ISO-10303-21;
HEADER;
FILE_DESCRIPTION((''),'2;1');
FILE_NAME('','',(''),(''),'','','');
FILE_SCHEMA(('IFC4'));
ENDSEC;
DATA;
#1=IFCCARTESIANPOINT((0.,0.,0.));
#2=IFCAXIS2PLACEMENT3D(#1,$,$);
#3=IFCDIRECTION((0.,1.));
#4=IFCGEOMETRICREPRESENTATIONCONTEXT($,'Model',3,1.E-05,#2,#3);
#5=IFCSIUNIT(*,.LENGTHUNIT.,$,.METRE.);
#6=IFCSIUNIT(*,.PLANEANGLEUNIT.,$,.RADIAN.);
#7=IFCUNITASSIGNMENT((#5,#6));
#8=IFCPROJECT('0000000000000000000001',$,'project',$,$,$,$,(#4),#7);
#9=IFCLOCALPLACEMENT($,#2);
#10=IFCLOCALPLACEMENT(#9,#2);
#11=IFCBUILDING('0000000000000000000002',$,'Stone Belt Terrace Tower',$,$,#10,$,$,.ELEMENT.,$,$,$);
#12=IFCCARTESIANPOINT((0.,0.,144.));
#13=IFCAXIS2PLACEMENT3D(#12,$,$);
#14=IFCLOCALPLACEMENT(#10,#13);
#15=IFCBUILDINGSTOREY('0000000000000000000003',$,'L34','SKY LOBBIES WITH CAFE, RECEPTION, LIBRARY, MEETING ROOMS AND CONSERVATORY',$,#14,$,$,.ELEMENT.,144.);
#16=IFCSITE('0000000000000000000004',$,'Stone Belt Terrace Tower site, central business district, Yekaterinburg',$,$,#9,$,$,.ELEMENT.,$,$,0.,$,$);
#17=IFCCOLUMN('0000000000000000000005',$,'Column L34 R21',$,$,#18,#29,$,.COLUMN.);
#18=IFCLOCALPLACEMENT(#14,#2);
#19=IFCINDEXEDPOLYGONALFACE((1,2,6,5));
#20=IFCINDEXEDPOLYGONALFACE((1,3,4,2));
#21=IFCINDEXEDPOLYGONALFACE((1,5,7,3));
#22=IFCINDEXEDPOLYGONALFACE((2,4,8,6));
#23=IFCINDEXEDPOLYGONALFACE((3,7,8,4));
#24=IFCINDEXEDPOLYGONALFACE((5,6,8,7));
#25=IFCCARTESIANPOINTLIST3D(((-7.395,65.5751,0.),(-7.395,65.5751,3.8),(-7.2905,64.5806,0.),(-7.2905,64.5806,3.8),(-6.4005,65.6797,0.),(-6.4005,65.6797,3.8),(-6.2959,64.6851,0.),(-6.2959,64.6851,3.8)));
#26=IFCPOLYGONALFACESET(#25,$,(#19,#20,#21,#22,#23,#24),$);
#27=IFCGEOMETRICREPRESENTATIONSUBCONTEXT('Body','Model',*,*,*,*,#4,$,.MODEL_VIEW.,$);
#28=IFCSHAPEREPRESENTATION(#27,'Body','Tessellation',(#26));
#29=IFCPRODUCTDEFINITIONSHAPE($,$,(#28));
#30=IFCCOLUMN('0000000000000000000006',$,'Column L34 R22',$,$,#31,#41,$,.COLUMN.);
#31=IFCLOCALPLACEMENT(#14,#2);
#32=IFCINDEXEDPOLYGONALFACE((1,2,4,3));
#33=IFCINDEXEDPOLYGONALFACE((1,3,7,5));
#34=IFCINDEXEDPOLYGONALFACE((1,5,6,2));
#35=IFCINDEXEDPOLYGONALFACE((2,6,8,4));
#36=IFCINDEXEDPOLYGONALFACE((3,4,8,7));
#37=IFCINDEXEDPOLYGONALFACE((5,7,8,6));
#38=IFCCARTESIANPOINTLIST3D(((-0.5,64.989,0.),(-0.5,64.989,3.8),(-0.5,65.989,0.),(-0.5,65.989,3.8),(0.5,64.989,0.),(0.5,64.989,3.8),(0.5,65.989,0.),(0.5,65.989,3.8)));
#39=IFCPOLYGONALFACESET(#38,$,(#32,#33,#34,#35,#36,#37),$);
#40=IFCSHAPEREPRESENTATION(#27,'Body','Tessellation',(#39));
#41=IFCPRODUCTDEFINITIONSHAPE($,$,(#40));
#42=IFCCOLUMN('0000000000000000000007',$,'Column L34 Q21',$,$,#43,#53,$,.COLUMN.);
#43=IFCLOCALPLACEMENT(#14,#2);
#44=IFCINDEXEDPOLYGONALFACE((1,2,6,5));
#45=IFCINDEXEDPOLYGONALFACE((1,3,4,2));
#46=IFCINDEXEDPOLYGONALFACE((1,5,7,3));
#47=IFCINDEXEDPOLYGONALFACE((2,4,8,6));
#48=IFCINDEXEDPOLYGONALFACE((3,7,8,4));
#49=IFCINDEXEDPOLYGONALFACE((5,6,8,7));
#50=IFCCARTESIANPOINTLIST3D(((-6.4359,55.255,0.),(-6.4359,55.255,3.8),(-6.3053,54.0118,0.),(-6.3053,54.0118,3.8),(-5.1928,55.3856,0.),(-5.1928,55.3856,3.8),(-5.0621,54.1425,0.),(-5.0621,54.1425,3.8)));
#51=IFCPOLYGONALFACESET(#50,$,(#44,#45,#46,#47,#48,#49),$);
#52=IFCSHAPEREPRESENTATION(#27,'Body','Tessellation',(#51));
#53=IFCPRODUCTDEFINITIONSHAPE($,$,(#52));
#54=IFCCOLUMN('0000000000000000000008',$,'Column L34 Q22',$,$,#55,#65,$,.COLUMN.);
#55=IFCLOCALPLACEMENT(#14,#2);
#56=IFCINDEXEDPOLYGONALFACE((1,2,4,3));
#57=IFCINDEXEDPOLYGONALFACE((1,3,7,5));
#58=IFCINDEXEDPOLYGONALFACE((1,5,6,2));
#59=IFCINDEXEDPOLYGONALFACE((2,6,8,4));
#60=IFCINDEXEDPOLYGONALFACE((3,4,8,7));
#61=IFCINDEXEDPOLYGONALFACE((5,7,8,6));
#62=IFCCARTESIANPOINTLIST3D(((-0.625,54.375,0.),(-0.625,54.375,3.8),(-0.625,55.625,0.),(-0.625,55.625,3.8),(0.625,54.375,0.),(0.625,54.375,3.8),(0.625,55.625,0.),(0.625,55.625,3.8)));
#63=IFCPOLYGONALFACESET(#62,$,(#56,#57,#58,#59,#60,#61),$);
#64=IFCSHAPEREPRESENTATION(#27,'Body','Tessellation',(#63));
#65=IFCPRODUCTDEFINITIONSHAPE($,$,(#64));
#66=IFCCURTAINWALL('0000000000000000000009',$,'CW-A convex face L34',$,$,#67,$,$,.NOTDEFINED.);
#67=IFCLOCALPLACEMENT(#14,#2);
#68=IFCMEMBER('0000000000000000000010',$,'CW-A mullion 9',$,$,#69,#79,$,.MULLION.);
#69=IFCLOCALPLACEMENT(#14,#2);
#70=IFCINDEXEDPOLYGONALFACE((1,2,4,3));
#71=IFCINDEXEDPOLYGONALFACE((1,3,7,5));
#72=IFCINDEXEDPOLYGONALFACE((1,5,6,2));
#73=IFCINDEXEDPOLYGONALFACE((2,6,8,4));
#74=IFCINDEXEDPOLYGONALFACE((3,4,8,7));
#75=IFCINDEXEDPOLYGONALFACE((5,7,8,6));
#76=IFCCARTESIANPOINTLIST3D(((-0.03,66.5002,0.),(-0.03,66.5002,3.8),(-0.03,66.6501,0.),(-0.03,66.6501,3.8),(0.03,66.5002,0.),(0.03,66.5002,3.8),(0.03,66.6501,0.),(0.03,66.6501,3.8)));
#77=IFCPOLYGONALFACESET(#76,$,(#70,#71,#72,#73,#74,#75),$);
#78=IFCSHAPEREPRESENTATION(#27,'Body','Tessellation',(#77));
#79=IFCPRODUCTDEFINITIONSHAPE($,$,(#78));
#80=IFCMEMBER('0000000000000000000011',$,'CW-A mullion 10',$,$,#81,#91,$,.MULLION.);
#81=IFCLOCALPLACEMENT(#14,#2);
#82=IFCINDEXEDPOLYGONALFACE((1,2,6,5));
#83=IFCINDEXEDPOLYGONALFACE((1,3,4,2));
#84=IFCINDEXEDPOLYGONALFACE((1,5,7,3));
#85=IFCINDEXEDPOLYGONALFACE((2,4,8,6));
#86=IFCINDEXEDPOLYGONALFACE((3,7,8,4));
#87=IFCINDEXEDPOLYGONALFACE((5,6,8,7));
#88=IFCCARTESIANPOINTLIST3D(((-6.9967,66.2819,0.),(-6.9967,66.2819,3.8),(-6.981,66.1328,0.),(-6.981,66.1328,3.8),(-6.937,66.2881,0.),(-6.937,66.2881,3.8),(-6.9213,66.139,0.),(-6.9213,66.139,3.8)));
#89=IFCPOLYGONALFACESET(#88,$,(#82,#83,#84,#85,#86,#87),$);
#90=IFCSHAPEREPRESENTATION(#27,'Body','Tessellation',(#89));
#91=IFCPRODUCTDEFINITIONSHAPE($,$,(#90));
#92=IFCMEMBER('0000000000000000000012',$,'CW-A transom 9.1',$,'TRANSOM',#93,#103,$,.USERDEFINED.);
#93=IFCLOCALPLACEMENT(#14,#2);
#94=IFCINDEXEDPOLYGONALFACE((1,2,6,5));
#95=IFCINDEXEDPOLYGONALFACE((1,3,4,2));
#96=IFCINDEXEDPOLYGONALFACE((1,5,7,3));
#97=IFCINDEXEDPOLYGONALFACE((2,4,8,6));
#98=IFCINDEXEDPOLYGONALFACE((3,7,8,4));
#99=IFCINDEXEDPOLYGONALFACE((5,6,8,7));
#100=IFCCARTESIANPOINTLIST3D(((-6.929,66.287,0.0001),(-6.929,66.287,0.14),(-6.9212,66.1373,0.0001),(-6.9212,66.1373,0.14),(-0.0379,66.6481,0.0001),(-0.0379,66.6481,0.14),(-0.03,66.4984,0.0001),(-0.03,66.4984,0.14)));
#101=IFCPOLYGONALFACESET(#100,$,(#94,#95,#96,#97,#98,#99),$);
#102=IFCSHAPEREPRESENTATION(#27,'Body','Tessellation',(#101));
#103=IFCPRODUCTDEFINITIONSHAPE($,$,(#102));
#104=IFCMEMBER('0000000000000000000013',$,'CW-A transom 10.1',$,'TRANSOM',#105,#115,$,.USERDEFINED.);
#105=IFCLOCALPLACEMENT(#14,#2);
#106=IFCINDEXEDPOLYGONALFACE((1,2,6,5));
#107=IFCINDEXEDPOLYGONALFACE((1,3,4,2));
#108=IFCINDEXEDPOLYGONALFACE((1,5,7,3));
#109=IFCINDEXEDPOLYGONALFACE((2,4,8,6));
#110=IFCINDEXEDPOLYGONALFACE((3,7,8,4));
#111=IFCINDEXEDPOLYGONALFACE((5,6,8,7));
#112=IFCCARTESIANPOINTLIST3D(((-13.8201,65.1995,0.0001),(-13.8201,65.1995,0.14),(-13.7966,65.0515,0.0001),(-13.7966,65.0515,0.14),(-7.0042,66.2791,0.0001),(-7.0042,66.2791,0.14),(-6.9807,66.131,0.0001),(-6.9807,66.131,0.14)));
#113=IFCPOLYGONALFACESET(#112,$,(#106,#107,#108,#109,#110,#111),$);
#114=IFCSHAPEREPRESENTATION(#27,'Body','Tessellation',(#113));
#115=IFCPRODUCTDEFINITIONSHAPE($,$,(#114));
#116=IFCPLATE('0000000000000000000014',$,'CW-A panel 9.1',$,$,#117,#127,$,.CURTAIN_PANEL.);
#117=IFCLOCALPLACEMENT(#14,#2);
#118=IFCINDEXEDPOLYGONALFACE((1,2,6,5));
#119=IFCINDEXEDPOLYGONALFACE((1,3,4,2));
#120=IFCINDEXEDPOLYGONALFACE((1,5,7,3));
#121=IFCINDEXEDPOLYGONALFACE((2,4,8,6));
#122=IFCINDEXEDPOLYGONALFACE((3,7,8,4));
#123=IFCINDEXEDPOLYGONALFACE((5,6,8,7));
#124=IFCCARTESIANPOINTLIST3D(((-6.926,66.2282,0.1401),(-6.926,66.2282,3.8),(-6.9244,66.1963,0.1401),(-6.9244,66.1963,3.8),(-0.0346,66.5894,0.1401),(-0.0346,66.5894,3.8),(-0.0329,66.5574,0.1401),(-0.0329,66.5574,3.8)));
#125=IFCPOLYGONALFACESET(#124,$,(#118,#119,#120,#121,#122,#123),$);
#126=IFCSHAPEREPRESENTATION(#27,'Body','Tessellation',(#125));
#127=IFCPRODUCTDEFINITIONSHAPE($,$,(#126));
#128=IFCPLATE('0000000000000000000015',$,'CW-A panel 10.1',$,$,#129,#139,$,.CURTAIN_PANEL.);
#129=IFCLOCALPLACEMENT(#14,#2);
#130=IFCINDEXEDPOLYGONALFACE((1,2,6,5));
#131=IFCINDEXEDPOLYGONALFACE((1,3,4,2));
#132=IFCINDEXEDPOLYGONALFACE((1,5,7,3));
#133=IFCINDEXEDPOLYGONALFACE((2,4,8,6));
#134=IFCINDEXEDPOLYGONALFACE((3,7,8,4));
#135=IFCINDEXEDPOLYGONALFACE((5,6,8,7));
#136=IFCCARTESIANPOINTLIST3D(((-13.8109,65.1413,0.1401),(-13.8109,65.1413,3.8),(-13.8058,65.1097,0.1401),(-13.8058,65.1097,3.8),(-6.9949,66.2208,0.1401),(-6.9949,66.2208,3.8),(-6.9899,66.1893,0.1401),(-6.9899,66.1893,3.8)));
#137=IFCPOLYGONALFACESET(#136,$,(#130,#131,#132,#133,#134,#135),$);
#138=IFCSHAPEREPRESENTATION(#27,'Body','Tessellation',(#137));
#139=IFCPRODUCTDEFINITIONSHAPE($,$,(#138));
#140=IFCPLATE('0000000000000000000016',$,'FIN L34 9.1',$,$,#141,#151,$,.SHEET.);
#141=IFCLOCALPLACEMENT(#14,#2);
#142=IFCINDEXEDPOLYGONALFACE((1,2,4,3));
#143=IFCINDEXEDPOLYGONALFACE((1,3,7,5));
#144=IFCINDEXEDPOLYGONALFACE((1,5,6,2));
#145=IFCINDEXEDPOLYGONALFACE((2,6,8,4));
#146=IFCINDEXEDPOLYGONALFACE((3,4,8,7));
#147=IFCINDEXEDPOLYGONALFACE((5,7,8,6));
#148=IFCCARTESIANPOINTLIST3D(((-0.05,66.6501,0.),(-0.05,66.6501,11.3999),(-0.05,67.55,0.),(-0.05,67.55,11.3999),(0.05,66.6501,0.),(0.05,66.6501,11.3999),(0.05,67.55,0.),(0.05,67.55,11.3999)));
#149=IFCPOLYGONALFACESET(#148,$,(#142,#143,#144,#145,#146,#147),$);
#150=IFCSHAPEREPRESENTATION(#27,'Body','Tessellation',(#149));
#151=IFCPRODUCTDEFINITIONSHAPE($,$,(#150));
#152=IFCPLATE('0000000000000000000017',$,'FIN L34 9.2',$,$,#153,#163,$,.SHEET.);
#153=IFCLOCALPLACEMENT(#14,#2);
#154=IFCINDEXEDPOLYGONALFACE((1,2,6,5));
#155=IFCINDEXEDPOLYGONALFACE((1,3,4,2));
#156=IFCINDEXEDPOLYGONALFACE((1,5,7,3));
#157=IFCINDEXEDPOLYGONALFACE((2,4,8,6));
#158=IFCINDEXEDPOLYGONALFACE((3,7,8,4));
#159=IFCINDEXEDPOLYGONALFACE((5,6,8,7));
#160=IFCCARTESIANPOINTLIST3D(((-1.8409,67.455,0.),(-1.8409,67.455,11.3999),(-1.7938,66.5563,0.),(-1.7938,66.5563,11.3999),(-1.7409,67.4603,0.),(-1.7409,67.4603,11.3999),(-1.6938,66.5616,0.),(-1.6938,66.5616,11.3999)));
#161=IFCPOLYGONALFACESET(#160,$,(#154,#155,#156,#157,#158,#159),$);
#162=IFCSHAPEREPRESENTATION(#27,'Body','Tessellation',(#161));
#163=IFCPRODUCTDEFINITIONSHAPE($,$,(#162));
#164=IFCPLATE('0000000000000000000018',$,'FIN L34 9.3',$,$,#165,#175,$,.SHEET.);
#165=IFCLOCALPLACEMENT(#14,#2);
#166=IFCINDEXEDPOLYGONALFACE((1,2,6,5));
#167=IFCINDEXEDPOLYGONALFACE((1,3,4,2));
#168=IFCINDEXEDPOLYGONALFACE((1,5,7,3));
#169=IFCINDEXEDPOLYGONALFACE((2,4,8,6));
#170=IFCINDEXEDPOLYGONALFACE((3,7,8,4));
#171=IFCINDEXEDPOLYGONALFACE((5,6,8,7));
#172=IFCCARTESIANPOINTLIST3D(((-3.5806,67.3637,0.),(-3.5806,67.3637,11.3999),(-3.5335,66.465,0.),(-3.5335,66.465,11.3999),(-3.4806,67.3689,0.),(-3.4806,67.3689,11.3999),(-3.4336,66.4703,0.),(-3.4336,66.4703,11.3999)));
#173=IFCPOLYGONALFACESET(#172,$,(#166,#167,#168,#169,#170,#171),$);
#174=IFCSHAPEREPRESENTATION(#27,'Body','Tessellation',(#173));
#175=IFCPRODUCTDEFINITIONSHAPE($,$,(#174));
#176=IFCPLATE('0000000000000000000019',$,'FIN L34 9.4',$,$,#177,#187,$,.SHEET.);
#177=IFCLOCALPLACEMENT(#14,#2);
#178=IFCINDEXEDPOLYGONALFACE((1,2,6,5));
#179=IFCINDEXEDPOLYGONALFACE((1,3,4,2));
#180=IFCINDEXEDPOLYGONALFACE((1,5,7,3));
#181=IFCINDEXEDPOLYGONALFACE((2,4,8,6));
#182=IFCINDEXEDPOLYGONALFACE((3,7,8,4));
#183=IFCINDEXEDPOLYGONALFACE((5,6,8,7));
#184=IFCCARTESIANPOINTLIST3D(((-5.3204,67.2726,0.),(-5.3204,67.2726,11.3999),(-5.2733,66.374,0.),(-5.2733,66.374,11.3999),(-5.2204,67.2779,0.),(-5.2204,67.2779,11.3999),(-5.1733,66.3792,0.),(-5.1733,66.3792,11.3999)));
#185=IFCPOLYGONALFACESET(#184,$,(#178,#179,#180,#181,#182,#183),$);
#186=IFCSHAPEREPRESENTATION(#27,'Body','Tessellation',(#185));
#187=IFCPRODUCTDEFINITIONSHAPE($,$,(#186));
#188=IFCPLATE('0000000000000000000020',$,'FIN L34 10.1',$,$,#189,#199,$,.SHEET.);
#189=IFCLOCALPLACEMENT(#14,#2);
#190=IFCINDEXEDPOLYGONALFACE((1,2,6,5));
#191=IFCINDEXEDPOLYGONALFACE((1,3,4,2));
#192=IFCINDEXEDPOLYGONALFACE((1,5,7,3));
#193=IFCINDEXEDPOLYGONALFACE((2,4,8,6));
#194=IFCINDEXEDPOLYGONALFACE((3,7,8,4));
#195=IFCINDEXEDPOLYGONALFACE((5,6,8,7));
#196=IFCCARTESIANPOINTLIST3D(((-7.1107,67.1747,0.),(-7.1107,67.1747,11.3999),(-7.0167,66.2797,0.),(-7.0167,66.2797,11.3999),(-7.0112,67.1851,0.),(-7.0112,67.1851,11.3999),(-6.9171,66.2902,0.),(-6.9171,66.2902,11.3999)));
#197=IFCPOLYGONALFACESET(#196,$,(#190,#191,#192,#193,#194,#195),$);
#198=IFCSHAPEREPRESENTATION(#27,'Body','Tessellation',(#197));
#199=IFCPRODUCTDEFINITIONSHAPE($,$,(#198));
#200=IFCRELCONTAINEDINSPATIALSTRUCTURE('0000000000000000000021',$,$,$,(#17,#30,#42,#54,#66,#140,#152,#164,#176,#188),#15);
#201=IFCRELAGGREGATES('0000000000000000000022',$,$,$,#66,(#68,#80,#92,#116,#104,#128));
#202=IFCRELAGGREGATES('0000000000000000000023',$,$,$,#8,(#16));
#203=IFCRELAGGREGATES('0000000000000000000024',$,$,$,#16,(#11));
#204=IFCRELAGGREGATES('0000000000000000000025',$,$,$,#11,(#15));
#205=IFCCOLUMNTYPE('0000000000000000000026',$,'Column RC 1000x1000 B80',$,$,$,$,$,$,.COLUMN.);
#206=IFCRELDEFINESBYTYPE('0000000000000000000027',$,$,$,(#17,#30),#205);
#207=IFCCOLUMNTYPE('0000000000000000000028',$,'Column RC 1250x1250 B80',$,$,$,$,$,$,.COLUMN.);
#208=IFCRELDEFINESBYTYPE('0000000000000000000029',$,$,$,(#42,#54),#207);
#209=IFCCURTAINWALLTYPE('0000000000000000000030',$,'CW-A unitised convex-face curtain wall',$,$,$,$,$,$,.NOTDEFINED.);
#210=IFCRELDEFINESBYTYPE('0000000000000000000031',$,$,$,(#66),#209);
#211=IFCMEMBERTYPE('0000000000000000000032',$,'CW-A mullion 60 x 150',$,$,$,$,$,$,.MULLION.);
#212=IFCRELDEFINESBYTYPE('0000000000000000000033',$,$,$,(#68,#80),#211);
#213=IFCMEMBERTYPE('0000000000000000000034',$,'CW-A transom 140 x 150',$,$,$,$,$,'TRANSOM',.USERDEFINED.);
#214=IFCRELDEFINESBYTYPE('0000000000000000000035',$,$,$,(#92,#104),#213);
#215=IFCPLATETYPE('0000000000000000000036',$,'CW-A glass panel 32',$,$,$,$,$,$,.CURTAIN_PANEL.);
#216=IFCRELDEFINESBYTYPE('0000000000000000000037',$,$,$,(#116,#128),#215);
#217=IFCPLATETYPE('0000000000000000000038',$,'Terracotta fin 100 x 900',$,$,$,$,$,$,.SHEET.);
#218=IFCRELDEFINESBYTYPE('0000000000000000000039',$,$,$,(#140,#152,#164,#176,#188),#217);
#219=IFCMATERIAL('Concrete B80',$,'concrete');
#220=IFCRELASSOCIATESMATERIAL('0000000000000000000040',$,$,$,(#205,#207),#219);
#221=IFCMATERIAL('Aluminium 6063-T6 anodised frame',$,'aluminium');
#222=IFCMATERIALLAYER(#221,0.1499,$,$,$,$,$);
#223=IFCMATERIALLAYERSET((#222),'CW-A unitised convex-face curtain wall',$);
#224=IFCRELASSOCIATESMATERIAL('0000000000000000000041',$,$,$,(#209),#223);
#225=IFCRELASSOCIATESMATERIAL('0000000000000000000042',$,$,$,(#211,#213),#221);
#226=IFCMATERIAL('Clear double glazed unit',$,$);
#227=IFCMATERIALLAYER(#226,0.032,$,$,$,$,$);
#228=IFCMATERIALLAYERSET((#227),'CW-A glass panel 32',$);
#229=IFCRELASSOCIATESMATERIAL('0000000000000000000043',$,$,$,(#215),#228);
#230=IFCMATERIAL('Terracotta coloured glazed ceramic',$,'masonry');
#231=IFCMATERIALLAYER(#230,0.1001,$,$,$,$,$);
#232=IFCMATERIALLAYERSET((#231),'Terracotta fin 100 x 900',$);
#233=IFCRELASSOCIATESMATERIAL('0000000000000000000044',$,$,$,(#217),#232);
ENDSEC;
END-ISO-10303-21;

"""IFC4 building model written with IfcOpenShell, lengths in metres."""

from ifc_helpers import new_model, si_unit, direction, frame, origin, origin_2d, place, context, subcontext, project, spatial, rectangle, extrude, material, layer, layer_set, material_profile, profile_set, type_object, element, aggregate, save


model = new_model("IFC4")

# Units and contexts
model_context = context("Model", 3, precision=1e-05, world=origin(), true_north=direction((0.0, 1.0)))
body_context = subcontext(model_context, "Body", "Model", "MODEL_VIEW")
ifc_project = project(units=[si_unit("LENGTHUNIT", "METRE"), si_unit("PLANEANGLEUNIT", "RADIAN")], contexts=[model_context])

# Site, building, storey
site_placement = place(None, origin())
site = spatial("IfcSite", under=ifc_project, at=site_placement, Name="Stone Belt Terrace Tower site, central business district, Yekaterinburg", CompositionType="ELEMENT", RefElevation=0.0)
building_placement = place(site_placement, origin())
building = spatial("IfcBuilding", under=site, at=building_placement, Name="Stone Belt Terrace Tower", CompositionType="ELEMENT")
storey_placement = place(building_placement, frame((0.0, 0.0, 144.0)))
storey = spatial("IfcBuildingStorey", under=building, at=storey_placement, Name="L34", Description="SKY LOBBIES WITH CAFE, RECEPTION, LIBRARY, MEETING ROOMS AND CONSERVATORY", CompositionType="ELEMENT", Elevation=144.0)

# Columns
ifc_material_1 = material(Name="Concrete B80", Category="concrete")
ifc_material_profile_1 = material_profile(ifc_material_1, rectangle(XDim=1.0, YDim=1.0, at=origin_2d()), Name="RC 1000x1000")
ifc_profile_set_1 = profile_set([ifc_material_profile_1], Name="Concrete B80")
column_type_1 = type_object("IfcColumnType", Name="Column RC 1000x1000 B80", PredefinedType="COLUMN", material=ifc_profile_set_1)
for number, where, z_axis, x_axis, name in (
    (1, (-6.8455, 65.1301, 0.0), (0.0, 0.0, 1.0), (0.994522, 0.104528, 0.0), "Column L34 R21"),
    (2, (0.0, 65.489, 0.0), (0.0, 0.0, 1.0), (1.0, 0.0, 0.0), "Column L34 R22"),
):
    element("IfcColumn", number, at=place(storey_placement, frame(where, z_axis=z_axis, x_axis=x_axis)), inside=storey, type_object=column_type_1, Name=name, PredefinedType="COLUMN", context=body_context, shape_type="SweptSolid", body=[
        extrude(rectangle(XDim=1.0, YDim=1.0, at=origin_2d()), origin(), (0.0, 0.0, 1.0), 3.8),
    ])
ifc_material_profile_2 = material_profile(ifc_material_1, rectangle(XDim=1.25, YDim=1.25, at=origin_2d()), Name="RC 1250x1250")
ifc_profile_set_2 = profile_set([ifc_material_profile_2], Name="Concrete B80")
column_type_2 = type_object("IfcColumnType", Name="Column RC 1250x1250 B80", PredefinedType="COLUMN", material=ifc_profile_set_2)
for number, where, z_axis, x_axis, name in (
    (3, (-5.749, 54.6987, 0.0), (0.0, 0.0, 1.0), (0.994522, 0.104528, 0.0), "Column L34 Q21"),
    (4, (0.0, 55.0, 0.0), (0.0, 0.0, 1.0), (1.0, 0.0, 0.0), "Column L34 Q22"),
):
    element("IfcColumn", number, at=place(storey_placement, frame(where, z_axis=z_axis, x_axis=x_axis)), inside=storey, type_object=column_type_2, Name=name, PredefinedType="COLUMN", context=body_context, shape_type="SweptSolid", body=[
        extrude(rectangle(XDim=1.25, YDim=1.25, at=origin_2d()), origin(), (0.0, 0.0, 1.0), 3.8),
    ])

# Curtain wall, members, plates
ifc_material_2 = material(Name="Aluminium 6063-T6 anodised frame", Category="aluminium")
ifc_layer_1 = layer(ifc_material_2, 0.1499)
ifc_layer_set_1 = layer_set([ifc_layer_1], Name="CW-A unitised convex-face curtain wall")
curtain_wall_type = type_object("IfcCurtainWallType", Name="CW-A unitised convex-face curtain wall", PredefinedType="NOTDEFINED", material=ifc_layer_set_1)
curtain_wall_placement = place(storey_placement, origin())
curtain_wall = element("IfcCurtainWall", 5, at=curtain_wall_placement, inside=storey, type_object=curtain_wall_type, Name="CW-A convex face L34", PredefinedType="NOTDEFINED")
ifc_material_profile_3 = material_profile(ifc_material_2, rectangle(XDim=0.1499, YDim=0.0601, at=origin_2d()), Name="Aluminium 6063-T6 60x150")
ifc_profile_set_3 = profile_set([ifc_material_profile_3], Name="Aluminium 6063-T6 anodised frame")
member_type_1 = type_object("IfcMemberType", Name="CW-A mullion 60 x 150", PredefinedType="MULLION", material=ifc_profile_set_3)
member_1_placement = place(storey_placement, frame((0.0, 66.5752, 0.0), z_axis=(0.0, 0.0, 1.0), x_axis=(0.0, -1.0, 0.0)))
member_1 = element("IfcMember", 6, at=member_1_placement, type_object=member_type_1, Name="CW-A mullion 9", PredefinedType="MULLION", context=body_context, shape_type="SweptSolid", body=[
    extrude(rectangle(XDim=0.1499, YDim=0.0601, at=origin_2d()), origin(), (0.0, 0.0, 1.0), 3.8),
])
member_2_placement = place(storey_placement, frame((-6.959, 66.2104, 0.0), z_axis=(0.0, 0.0, 1.0), x_axis=(0.104528, -0.994522, 0.0)))
member_2 = element("IfcMember", 7, at=member_2_placement, type_object=member_type_1, Name="CW-A mullion 10", PredefinedType="MULLION", context=body_context, shape_type="SweptSolid", body=[
    extrude(rectangle(XDim=0.1499, YDim=0.0601, at=origin_2d()), origin(), (0.0, 0.0, 1.0), 3.8),
])
ifc_material_profile_4 = material_profile(ifc_material_2, rectangle(XDim=0.1499, YDim=0.1399, at=origin_2d()), Name="Aluminium 6063-T6 150x140")
ifc_profile_set_4 = profile_set([ifc_material_profile_4], Name="Aluminium 6063-T6 anodised frame")
member_type_2 = type_object("IfcMemberType", Name="CW-A transom 140 x 150", ElementType="TRANSOM", PredefinedType="USERDEFINED", material=ifc_profile_set_4)
member_3_placement = place(storey_placement, frame((-0.0339, 66.5732, 0.0701), z_axis=(-0.99863, -0.052327, 0.0), x_axis=(0.052327, -0.99863, 0.0)))
member_3 = element("IfcMember", 8, at=member_3_placement, type_object=member_type_2, Name="CW-A transom 9.1", ObjectType="TRANSOM", PredefinedType="USERDEFINED", context=body_context, shape_type="SweptSolid", body=[
    extrude(rectangle(XDim=0.1499, YDim=0.1399, at=origin_2d()), origin(), (0.0, 0.0, 1.0), 6.9006),
])
member_4_placement = place(storey_placement, frame((-6.9924, 66.2051, 0.0701), z_axis=(-0.987687, -0.156442, 0.0), x_axis=(0.156442, -0.987687, 0.0)))
member_4 = element("IfcMember", 9, at=member_4_placement, type_object=member_type_2, Name="CW-A transom 10.1", ObjectType="TRANSOM", PredefinedType="USERDEFINED", context=body_context, shape_type="SweptSolid", body=[
    extrude(rectangle(XDim=0.1499, YDim=0.1399, at=origin_2d()), origin(), (0.0, 0.0, 1.0), 6.9009),
])
ifc_material_3 = material(Name="Clear double glazed unit")
ifc_layer_2 = layer(ifc_material_3, 0.032)
ifc_layer_set_2 = layer_set([ifc_layer_2], Name="CW-A glass panel 32")
plate_type_1 = type_object("IfcPlateType", Name="CW-A glass panel 32", PredefinedType="CURTAIN_PANEL", material=ifc_layer_set_2)
plate_1_placement = place(storey_placement, frame((-3.4795, 66.3928, 0.1401), z_axis=(0.0, 0.0, 1.0), x_axis=(-0.99863, -0.052336, 0.0)))
plate_1 = element("IfcPlate", 10, at=plate_1_placement, type_object=plate_type_1, Name="CW-A panel 9.1", PredefinedType="CURTAIN_PANEL", context=body_context, shape_type="SweptSolid", body=[
    extrude(rectangle(XDim=6.9009, YDim=0.032, at=origin_2d()), origin(), (0.0, 0.0, 1.0), 3.6599),
])
plate_2_placement = place(storey_placement, frame((-10.4004, 65.6653, 0.1401), z_axis=(0.0, 0.0, 1.0), x_axis=(-0.987688, -0.156434, 0.0)))
plate_2 = element("IfcPlate", 11, at=plate_2_placement, type_object=plate_type_1, Name="CW-A panel 10.1", PredefinedType="CURTAIN_PANEL", context=body_context, shape_type="SweptSolid", body=[
    extrude(rectangle(XDim=6.9009, YDim=0.032, at=origin_2d()), origin(), (0.0, 0.0, 1.0), 3.6599),
])
aggregate(curtain_wall, [member_1, member_2, member_3, plate_1, member_4, plate_2])

# Plates
ifc_material_4 = material(Name="Terracotta coloured glazed ceramic", Category="masonry")
ifc_layer_3 = layer(ifc_material_4, 0.1001)
ifc_layer_set_3 = layer_set([ifc_layer_3], Name="Terracotta fin 100 x 900")
plate_type_2 = type_object("IfcPlateType", Name="Terracotta fin 100 x 900", PredefinedType="SHEET", material=ifc_layer_set_3)
for number, where, z_axis, x_axis, name in (
    (12, (0.0, 67.1001, 0.0), (0.0, 0.0, 1.0), (0.0, 1.0, 0.0), "FIN L34 9.1"),
    (13, (-1.7673, 67.0083, 0.0), (0.0, 0.0, 1.0), (-0.052336, 0.99863, 0.0), "FIN L34 9.2"),
    (14, (-3.5071, 66.917, 0.0), (0.0, 0.0, 1.0), (-0.052336, 0.99863, 0.0), "FIN L34 9.3"),
    (15, (-5.2468, 66.8259, 0.0), (0.0, 0.0, 1.0), (-0.052336, 0.99863, 0.0), "FIN L34 9.4"),
    (16, (-7.0139, 66.7324, 0.0), (0.0, 0.0, 1.0), (-0.104528, 0.994522, 0.0), "FIN L34 10.1"),
):
    element("IfcPlate", number, at=place(storey_placement, frame(where, z_axis=z_axis, x_axis=x_axis)), inside=storey, type_object=plate_type_2, Name=name, PredefinedType="SHEET", context=body_context, shape_type="SweptSolid", body=[
        extrude(rectangle(XDim=0.8999, YDim=0.1001, at=origin_2d()), origin(), (0.0, 0.0, 1.0), 11.3999),
    ])

save(model, "model.ifc")
